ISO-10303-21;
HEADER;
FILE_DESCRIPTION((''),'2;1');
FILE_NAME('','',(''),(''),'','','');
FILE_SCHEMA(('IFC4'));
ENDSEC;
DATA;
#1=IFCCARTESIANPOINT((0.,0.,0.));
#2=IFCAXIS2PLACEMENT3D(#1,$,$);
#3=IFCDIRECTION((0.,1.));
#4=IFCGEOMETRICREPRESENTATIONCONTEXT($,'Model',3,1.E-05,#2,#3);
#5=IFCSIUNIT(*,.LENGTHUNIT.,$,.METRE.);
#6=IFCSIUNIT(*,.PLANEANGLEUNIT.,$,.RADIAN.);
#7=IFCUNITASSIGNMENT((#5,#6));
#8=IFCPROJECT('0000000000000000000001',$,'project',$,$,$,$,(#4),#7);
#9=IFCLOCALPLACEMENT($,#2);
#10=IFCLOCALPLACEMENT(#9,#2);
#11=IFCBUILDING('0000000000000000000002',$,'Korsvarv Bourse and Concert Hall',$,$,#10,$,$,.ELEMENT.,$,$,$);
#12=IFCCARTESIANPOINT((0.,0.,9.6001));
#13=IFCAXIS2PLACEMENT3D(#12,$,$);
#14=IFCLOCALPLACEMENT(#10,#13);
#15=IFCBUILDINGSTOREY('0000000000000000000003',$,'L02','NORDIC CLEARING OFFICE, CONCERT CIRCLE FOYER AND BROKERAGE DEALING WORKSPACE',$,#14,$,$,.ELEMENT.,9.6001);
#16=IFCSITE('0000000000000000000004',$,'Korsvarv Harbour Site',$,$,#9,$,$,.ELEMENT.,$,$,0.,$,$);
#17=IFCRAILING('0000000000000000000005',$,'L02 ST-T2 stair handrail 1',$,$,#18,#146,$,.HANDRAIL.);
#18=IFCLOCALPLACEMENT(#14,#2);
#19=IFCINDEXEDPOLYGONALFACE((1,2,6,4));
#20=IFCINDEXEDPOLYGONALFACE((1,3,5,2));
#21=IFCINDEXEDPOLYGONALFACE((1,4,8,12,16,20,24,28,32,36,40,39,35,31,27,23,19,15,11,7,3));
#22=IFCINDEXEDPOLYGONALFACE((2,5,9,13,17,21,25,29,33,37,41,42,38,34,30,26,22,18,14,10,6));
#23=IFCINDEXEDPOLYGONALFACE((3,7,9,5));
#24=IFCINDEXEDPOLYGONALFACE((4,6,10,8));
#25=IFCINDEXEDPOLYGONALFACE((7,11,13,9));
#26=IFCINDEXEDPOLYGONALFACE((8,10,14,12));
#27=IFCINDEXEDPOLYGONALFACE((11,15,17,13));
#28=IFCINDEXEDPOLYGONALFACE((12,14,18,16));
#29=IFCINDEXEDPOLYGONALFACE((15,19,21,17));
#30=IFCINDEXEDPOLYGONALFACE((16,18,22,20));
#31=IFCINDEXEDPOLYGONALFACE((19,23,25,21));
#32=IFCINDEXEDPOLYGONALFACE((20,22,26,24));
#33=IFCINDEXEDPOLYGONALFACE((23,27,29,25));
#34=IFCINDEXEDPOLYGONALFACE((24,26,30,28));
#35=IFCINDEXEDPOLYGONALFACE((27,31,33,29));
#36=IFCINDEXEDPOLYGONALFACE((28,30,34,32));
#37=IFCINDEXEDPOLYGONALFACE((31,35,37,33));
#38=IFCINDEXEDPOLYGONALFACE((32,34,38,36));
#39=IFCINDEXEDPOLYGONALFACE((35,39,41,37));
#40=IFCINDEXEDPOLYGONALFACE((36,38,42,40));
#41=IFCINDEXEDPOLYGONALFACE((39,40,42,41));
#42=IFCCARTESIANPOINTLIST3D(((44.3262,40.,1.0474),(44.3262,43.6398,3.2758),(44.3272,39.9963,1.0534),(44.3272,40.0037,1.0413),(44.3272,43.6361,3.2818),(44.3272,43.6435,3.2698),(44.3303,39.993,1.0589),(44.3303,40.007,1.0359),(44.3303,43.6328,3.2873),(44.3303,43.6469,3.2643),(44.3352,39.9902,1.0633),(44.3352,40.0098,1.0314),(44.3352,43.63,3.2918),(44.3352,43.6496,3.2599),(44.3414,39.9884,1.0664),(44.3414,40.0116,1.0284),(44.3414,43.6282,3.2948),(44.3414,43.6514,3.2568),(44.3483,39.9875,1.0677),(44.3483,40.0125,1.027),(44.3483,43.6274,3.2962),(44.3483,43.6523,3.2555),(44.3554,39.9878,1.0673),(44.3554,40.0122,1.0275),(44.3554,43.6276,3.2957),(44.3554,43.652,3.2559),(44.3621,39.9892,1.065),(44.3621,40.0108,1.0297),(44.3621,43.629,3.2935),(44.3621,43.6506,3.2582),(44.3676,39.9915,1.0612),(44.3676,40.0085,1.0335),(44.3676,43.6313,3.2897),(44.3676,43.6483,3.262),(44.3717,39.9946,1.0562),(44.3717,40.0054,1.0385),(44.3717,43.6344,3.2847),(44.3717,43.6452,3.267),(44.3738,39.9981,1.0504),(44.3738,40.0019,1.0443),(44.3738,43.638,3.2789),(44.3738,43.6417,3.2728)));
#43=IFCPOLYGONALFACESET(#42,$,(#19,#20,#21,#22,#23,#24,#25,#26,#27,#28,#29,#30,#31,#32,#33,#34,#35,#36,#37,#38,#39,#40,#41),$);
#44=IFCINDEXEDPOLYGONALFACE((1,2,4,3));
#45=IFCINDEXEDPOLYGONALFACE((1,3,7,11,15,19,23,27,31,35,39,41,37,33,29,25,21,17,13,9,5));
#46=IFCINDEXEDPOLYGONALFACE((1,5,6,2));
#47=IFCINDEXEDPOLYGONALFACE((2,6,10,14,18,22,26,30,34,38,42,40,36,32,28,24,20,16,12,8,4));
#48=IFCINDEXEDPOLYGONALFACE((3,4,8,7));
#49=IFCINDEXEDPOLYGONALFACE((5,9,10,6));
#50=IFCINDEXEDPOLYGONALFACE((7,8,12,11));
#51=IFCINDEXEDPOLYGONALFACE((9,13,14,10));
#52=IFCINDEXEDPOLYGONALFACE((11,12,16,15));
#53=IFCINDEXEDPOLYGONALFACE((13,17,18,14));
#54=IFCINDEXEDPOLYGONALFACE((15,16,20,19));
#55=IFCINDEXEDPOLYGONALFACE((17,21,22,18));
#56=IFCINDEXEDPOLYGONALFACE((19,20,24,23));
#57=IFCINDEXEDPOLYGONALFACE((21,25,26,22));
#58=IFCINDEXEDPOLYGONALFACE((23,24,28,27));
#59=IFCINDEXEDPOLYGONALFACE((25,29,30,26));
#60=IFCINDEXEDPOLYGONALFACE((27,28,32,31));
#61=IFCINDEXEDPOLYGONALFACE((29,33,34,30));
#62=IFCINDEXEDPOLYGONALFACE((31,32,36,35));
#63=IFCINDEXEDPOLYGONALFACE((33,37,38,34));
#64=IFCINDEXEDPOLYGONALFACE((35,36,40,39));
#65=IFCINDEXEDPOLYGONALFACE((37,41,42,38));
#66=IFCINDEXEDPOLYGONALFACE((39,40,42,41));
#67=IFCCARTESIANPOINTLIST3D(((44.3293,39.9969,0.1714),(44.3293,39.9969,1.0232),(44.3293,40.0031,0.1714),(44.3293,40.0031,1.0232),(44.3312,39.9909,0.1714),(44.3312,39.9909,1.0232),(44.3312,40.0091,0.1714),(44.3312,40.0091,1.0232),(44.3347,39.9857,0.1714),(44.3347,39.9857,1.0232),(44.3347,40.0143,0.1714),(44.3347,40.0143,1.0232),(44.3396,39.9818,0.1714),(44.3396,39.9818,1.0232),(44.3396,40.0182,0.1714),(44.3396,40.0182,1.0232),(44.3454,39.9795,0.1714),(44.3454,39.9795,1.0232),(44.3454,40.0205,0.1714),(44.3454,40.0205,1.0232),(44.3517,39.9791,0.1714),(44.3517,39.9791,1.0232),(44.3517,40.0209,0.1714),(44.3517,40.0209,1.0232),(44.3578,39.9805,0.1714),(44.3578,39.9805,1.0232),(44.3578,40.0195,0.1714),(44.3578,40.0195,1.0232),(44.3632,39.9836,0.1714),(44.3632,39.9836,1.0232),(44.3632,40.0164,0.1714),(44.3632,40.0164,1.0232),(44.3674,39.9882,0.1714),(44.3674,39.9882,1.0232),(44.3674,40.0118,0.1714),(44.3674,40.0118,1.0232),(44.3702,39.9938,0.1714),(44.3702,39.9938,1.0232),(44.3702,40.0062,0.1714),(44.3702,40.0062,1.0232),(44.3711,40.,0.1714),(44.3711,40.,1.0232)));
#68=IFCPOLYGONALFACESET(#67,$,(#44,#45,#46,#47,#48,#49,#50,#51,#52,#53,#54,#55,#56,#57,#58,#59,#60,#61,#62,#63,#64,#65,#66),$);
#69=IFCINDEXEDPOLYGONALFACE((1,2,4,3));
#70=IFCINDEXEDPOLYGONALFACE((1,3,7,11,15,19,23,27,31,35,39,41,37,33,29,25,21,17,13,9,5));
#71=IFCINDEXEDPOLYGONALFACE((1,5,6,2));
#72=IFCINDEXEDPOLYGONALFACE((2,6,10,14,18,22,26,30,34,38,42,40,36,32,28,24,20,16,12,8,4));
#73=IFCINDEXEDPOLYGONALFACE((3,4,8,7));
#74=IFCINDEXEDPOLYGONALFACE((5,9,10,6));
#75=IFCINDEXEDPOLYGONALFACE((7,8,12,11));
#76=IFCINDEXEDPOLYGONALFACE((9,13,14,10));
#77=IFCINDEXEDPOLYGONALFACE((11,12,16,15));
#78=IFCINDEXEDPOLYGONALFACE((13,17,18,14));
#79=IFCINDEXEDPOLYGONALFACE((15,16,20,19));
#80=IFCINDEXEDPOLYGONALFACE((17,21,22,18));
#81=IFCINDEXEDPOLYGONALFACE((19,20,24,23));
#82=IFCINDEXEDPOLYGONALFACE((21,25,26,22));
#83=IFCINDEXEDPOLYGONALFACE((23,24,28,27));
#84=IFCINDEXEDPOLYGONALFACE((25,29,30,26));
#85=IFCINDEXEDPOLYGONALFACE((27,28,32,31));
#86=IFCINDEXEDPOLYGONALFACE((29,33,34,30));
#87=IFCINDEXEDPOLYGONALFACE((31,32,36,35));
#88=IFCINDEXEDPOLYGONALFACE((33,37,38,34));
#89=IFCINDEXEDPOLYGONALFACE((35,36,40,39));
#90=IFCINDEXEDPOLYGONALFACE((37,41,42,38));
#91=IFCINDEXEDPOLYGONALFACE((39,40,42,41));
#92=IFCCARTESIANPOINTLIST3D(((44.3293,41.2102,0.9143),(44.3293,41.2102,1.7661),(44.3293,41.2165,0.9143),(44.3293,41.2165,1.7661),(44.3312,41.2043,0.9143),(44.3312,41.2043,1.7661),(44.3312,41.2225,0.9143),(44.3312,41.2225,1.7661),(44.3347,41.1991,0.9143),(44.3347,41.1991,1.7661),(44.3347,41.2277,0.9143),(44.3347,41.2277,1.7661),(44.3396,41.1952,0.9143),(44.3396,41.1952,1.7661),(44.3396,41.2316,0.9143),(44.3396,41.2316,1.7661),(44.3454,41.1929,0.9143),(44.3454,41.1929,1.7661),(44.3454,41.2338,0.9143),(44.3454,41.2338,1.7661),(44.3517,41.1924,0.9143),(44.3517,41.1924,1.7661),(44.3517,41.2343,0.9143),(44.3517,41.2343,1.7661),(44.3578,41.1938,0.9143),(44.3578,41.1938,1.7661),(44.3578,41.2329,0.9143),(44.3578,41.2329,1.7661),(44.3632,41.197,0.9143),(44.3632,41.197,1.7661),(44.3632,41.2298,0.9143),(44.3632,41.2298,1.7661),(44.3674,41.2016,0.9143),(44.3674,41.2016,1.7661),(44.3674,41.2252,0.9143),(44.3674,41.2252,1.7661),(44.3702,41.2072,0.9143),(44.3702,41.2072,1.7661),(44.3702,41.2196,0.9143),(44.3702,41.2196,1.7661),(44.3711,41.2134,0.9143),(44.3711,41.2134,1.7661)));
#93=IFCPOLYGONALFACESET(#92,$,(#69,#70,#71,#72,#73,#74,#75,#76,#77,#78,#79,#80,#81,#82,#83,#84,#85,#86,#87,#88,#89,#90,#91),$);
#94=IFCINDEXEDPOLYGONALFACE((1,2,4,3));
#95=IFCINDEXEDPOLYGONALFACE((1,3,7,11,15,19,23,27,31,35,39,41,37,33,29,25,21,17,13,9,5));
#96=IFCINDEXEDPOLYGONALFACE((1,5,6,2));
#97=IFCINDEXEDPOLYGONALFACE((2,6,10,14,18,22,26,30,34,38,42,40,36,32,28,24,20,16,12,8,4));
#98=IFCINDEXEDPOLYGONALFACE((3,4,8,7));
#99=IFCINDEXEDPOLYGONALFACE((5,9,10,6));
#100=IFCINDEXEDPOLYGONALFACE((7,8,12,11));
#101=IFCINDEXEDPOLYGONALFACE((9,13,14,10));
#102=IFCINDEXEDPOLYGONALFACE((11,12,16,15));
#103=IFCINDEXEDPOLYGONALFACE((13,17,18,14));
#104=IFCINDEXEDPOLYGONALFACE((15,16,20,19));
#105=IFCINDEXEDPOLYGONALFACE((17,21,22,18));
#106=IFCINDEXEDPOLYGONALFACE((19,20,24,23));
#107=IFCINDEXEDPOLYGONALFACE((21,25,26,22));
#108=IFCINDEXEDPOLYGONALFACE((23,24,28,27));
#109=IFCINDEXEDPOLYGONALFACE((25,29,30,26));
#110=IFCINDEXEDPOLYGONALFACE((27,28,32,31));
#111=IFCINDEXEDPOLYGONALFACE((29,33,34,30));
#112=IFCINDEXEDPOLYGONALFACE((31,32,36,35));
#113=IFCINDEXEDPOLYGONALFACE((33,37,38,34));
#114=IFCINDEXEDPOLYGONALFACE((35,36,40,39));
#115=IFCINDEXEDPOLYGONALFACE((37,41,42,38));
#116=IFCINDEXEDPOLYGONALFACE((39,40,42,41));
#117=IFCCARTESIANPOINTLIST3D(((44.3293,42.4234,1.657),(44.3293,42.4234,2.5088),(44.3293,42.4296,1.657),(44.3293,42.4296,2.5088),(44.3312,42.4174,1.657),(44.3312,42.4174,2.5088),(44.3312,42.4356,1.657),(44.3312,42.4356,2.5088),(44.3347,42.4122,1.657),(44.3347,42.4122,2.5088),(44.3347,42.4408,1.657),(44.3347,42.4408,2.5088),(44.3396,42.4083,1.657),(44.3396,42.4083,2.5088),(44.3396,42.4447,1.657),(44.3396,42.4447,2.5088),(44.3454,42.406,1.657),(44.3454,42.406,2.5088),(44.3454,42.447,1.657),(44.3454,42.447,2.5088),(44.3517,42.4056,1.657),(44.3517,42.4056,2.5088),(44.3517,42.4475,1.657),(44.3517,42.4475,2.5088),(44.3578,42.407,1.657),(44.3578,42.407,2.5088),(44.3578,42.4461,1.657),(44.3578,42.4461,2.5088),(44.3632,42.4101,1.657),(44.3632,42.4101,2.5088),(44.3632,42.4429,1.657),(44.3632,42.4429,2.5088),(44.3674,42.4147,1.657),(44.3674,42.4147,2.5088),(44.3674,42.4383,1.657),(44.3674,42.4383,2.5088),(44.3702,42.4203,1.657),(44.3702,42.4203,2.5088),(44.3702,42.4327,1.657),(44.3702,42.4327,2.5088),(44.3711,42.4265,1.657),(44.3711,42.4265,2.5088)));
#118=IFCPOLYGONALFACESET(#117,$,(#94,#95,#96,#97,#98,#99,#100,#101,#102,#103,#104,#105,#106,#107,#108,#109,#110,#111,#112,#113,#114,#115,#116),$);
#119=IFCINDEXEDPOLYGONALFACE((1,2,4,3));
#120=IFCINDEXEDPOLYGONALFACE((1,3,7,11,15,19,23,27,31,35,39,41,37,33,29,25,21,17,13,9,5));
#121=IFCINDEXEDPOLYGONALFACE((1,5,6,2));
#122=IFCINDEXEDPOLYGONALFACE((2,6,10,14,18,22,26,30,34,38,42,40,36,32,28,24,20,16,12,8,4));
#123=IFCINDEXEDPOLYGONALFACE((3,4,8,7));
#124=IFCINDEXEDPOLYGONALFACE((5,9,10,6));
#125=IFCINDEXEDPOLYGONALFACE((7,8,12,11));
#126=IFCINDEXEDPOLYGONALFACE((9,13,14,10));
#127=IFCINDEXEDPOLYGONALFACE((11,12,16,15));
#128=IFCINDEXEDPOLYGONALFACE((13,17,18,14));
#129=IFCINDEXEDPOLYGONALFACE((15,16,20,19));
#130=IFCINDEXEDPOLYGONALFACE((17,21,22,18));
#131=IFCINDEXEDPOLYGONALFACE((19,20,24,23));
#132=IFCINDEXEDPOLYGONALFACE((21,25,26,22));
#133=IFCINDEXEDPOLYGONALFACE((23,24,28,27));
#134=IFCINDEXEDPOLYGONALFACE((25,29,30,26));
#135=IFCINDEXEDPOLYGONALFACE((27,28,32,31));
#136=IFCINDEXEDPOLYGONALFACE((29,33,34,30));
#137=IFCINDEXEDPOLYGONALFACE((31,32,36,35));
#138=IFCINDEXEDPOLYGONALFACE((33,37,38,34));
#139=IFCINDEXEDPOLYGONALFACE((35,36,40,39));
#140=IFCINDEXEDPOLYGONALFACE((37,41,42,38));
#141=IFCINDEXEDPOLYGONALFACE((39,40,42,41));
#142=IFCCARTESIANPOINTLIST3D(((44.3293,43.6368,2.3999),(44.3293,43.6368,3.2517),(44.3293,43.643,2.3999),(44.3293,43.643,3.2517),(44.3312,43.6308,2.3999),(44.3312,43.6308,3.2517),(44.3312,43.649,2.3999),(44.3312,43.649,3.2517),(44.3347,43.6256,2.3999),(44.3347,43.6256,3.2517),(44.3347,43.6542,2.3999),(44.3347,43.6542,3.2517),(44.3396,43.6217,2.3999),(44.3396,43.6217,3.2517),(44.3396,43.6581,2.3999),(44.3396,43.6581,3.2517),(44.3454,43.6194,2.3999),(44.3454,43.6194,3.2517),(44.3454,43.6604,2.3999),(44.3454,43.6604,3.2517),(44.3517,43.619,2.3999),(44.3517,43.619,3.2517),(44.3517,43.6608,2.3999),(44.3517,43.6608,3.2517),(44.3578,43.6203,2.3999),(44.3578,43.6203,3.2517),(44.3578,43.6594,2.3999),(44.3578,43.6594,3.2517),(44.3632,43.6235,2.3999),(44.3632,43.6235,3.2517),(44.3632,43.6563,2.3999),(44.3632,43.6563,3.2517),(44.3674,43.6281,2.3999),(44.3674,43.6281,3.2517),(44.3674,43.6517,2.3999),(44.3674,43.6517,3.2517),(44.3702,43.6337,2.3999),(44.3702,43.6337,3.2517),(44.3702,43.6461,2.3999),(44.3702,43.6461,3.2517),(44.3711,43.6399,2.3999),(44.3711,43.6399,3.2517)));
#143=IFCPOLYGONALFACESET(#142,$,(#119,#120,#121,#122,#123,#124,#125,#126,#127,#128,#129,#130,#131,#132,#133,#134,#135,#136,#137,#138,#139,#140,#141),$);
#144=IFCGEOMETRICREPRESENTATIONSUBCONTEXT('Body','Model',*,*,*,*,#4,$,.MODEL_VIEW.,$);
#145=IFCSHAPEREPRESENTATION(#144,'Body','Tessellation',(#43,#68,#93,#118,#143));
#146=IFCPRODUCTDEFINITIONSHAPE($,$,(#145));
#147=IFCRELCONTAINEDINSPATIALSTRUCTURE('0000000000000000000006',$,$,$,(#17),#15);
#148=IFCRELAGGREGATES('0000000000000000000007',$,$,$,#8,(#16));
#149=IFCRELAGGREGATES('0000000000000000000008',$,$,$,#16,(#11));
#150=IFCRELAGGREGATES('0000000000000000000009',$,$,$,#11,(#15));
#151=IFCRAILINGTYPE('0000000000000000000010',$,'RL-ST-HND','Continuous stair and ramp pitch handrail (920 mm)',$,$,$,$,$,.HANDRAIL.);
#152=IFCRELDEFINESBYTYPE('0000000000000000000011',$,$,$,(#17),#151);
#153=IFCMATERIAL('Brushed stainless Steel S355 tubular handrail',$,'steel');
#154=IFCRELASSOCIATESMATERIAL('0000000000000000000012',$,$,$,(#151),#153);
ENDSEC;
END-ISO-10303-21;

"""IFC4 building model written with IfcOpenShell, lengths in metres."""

from ifc_helpers import new_model, si_unit, direction, frame, origin, origin_2d, place, context, subcontext, project, spatial, circle, extrude, material, type_object, element, save


model = new_model("IFC4")

# Units and contexts
model_context = context("Model", 3, precision=1e-05, world=origin(), true_north=direction((0.0, 1.0)))
body_context = subcontext(model_context, "Body", "Model", "MODEL_VIEW")
ifc_project = project(units=[si_unit("LENGTHUNIT", "METRE"), si_unit("PLANEANGLEUNIT", "RADIAN")], contexts=[model_context])

# Site, building, storey
site_placement = place(None, origin())
site = spatial("IfcSite", under=ifc_project, at=site_placement, Name="Korsvarv Harbour Site", CompositionType="ELEMENT", RefElevation=0.0)
building_placement = place(site_placement, origin())
building = spatial("IfcBuilding", under=site, at=building_placement, Name="Korsvarv Bourse and Concert Hall", CompositionType="ELEMENT")
storey_placement = place(building_placement, frame((0.0, 0.0, 9.6001)))
storey = spatial("IfcBuildingStorey", under=building, at=storey_placement, Name="L02", Description="NORDIC CLEARING OFFICE, CONCERT CIRCLE FOYER AND BROKERAGE DEALING WORKSPACE", CompositionType="ELEMENT", Elevation=9.6001)

# Railing
ifc_material_1 = material(Name="Brushed stainless Steel S355 tubular handrail", Category="steel")
railing_type_1 = type_object("IfcRailingType", Name="RL-ST-HND", Description="Continuous stair and ramp pitch handrail (920 mm)", PredefinedType="HANDRAIL", material=ifc_material_1)
railing_1_placement = place(storey_placement, frame((44.3501, 40.0, 0.1714)))
element("IfcRailing", 1, at=railing_1_placement, inside=storey, type_object=railing_type_1, Name="L02 ST-T2 stair handrail 1", PredefinedType="HANDRAIL", context=body_context, shape_type="SweptSolid", body=[
    extrude(circle(Radius=0.0239, at=origin_2d()), frame((0.0, 0.0, 0.876), z_axis=(0.0, 0.85285, 0.522156), x_axis=(-1.0, 0.0, 0.0)), (0.0, 0.0, 1.0), 4.2678),
    extrude(circle(Radius=0.021, at=origin_2d()), origin(), (0.0, 0.0, 1.0), 0.8518),
    extrude(circle(Radius=0.021, at=origin_2d()), frame((0.0, 1.2134, 0.7429)), (0.0, 0.0, 1.0), 0.8518),
    extrude(circle(Radius=0.021, at=origin_2d()), frame((0.0, 2.4265, 1.4856)), (0.0, 0.0, 1.0), 0.8518),
    extrude(circle(Radius=0.021, at=origin_2d()), frame((0.0, 3.6399, 2.2285)), (0.0, 0.0, 1.0), 0.8518),
])

save(model, "model.ifc")
